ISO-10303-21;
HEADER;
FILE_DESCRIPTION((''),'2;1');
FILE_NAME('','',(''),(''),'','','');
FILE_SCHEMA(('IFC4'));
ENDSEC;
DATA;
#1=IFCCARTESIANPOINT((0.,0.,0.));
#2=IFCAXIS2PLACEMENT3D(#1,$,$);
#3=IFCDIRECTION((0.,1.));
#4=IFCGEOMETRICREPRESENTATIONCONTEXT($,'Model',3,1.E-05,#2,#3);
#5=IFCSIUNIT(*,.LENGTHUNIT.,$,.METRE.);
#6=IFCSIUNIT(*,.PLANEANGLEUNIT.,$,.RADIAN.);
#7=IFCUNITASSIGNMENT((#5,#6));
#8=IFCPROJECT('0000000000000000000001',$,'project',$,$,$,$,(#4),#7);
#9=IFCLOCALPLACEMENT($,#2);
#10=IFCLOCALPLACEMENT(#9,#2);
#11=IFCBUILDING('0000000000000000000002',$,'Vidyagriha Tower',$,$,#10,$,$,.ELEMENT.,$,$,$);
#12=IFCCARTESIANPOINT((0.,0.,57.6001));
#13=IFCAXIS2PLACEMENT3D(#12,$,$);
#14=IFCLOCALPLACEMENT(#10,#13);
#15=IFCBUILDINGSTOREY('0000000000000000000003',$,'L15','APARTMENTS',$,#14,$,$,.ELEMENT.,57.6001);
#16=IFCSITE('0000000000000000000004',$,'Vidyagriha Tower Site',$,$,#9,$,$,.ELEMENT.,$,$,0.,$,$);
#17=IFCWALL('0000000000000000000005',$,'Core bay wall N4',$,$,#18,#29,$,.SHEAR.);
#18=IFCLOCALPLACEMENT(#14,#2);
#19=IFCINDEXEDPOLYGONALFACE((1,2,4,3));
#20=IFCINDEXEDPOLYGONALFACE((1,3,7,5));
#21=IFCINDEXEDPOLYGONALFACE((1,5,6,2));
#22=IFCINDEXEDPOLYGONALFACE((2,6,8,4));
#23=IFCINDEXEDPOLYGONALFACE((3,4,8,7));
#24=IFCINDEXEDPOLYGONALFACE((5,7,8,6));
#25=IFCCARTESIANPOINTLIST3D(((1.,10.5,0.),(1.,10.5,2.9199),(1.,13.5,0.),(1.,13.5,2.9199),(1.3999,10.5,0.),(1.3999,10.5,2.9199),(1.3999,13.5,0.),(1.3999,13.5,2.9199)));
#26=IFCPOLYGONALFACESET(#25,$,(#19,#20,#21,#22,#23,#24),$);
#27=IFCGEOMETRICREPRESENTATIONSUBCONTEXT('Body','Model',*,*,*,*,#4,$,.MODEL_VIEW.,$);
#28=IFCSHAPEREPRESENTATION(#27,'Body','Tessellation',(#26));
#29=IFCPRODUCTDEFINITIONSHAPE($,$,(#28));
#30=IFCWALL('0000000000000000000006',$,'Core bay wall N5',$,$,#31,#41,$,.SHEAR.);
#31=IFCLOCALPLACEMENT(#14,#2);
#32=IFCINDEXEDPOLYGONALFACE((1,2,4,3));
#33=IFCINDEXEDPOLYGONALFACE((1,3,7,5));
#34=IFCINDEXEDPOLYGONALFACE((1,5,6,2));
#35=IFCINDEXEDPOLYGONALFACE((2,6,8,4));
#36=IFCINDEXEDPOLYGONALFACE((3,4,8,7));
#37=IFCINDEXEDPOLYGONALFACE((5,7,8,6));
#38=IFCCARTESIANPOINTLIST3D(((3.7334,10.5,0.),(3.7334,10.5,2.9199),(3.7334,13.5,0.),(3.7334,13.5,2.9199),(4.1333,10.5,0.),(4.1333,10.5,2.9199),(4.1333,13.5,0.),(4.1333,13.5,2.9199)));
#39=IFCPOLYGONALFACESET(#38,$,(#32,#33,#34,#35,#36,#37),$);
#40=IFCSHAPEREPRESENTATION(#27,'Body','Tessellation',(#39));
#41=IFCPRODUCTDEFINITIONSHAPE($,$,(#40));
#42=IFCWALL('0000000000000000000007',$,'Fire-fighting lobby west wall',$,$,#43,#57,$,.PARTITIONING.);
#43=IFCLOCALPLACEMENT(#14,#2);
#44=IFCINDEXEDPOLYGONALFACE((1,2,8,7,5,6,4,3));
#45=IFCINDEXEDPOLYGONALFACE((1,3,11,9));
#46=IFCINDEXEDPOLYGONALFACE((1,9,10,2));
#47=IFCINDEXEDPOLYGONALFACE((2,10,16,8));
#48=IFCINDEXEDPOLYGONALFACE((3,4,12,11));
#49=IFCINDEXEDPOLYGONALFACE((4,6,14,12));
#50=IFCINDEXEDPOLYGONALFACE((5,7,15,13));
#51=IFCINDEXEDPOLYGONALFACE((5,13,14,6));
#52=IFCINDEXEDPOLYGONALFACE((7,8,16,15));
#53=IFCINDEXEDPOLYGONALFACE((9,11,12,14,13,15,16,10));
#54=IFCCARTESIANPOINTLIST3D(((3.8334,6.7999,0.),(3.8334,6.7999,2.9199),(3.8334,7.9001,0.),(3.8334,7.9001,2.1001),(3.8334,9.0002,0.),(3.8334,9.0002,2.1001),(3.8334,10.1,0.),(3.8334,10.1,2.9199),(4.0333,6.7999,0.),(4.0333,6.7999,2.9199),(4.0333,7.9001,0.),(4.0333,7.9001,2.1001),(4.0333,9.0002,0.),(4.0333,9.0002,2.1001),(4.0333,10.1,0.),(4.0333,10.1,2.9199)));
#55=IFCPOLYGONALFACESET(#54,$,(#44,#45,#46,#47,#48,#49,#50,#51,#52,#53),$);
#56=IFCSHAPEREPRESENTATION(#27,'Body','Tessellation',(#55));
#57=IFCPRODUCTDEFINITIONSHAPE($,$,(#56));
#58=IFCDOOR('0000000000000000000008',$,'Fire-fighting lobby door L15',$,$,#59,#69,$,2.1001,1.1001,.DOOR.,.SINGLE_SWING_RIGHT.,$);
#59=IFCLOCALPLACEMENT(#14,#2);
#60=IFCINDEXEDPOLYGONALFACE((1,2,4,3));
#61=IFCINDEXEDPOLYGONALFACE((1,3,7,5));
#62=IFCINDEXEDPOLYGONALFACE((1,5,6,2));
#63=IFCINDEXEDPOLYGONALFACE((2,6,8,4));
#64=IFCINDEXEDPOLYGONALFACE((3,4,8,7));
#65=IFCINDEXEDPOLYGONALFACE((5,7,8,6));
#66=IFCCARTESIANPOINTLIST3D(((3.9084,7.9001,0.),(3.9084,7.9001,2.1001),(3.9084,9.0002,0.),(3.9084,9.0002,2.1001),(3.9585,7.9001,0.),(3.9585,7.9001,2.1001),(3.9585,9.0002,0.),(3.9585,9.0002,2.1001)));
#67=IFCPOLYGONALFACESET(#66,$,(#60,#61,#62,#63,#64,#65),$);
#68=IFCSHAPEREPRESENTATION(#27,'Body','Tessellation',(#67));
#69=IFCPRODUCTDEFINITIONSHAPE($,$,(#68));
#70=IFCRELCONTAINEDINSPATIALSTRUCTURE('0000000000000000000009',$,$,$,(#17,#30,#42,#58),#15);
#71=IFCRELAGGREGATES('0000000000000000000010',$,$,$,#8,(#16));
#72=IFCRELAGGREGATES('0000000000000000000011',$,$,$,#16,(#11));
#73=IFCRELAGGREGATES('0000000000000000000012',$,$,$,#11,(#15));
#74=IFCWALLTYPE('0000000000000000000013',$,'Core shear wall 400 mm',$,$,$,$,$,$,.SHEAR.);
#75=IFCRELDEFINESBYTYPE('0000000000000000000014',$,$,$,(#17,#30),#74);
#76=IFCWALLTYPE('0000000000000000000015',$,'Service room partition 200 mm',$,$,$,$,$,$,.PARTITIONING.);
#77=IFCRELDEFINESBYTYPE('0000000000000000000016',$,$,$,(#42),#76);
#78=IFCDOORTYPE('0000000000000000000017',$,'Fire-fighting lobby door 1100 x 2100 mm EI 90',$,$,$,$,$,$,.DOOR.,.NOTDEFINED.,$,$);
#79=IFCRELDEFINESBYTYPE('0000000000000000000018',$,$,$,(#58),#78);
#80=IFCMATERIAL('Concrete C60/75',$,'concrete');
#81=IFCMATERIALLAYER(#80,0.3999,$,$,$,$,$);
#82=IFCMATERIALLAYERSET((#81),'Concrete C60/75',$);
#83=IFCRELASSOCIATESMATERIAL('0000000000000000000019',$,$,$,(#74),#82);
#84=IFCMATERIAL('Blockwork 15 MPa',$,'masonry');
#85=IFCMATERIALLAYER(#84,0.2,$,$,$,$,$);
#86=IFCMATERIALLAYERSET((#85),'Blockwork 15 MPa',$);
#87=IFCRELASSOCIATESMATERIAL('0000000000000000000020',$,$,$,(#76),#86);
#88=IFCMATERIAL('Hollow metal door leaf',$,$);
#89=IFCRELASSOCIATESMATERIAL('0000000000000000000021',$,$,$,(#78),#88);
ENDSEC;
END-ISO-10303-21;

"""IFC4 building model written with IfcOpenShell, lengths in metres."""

from ifc_helpers import new_model, si_unit, direction, frame, frame_2d, origin, place, context, subcontext, project, spatial, rectangle, extrude, material, layer, layer_set, type_object, element, fill, save


model = new_model("IFC4")

# Units and contexts
model_context = context("Model", 3, precision=1e-05, world=origin(), true_north=direction((0.0, 1.0)))
body_context = subcontext(model_context, "Body", "Model", "MODEL_VIEW")
ifc_project = project(units=[si_unit("LENGTHUNIT", "METRE"), si_unit("PLANEANGLEUNIT", "RADIAN")], contexts=[model_context])

# Site, building, storey
site_placement = place(None, origin())
site = spatial("IfcSite", under=ifc_project, at=site_placement, Name="Vidyagriha Tower Site", CompositionType="ELEMENT", RefElevation=0.0)
building_placement = place(site_placement, origin())
building = spatial("IfcBuilding", under=site, at=building_placement, Name="Vidyagriha Tower", CompositionType="ELEMENT")
storey_placement = place(building_placement, frame((0.0, 0.0, 57.6001)))
storey = spatial("IfcBuildingStorey", under=building, at=storey_placement, Name="L15", Description="APARTMENTS", CompositionType="ELEMENT", Elevation=57.6001)

# Shared definitions
ifc_material_1 = material(Name="Concrete C60/75", Category="concrete")
ifc_layer_1 = layer(ifc_material_1, 0.3999)
ifc_layer_set_1 = layer_set([ifc_layer_1], Name="Concrete C60/75")
wall_type_1 = type_object("IfcWallType", Name="Core shear wall 400 mm", PredefinedType="SHEAR", material=ifc_layer_set_1)

# Walls
for number, where, z_axis, x_axis, name in (
    (1, (1.2, 10.5, 0.0), (0.0, 0.0, 1.0), (0.0, 1.0, 0.0), "Core bay wall N4"),
    (2, (3.9333, 10.5, 0.0), (0.0, 0.0, 1.0), (0.0, 1.0, 0.0), "Core bay wall N5"),
):
    element("IfcWall", number, at=place(storey_placement, frame(where, z_axis=z_axis, x_axis=x_axis)), inside=storey, type_object=wall_type_1, Name=name, PredefinedType="SHEAR", context=body_context, shape_type="SweptSolid", body=[
        extrude(rectangle(XDim=3.0, YDim=0.3999, at=frame_2d((1.5, 0.0))), origin(), (0.0, 0.0, 1.0), 2.9199),
    ])

# Wall, opening, door
ifc_material_2 = material(Name="Blockwork 15 MPa", Category="masonry")
ifc_layer_2 = layer(ifc_material_2, 0.2)
ifc_layer_set_2 = layer_set([ifc_layer_2], Name="Blockwork 15 MPa")
wall_type_2 = type_object("IfcWallType", Name="Service room partition 200 mm", PredefinedType="PARTITIONING", material=ifc_layer_set_2)
wall_1_placement = place(storey_placement, frame((3.9333, 6.8, 0.0), z_axis=(0.0, 0.0, 1.0), x_axis=(0.0, 1.0, 0.0)))
wall_1 = element("IfcWall", 3, at=wall_1_placement, inside=storey, type_object=wall_type_2, Name="Fire-fighting lobby west wall", PredefinedType="PARTITIONING", context=body_context, shape_type="SweptSolid", body=[
    extrude(rectangle(XDim=3.3, YDim=0.2, at=frame_2d((1.6499, 0.0))), origin(), (0.0, 0.0, 1.0), 2.9199),
])
opening_1_placement = place(wall_1_placement, frame((1.1001, 0.0, 0.0)))
opening_1 = element("IfcOpeningElement", 4, at=opening_1_placement, cuts=wall_1, PredefinedType="OPENING", context=body_context, shape_type="SweptSolid", body=[
    extrude(rectangle(XDim=1.1001, YDim=2.1001, at=frame_2d((0.55, 1.05))), frame((0.0, 0.1099, 0.0), z_axis=(0.0, -1.0, 0.0), x_axis=(1.0, 0.0, 0.0)), (0.0, 0.0, 1.0), 0.22),
])
ifc_material_3 = material(Name="Hollow metal door leaf")
door_type_1 = type_object("IfcDoorType", Name="Fire-fighting lobby door 1100 x 2100 mm EI 90", OperationType="NOTDEFINED", PredefinedType="DOOR", material=ifc_material_3)
door_1_placement = place(opening_1_placement, origin())
door_1 = element("IfcDoor", 5, at=door_1_placement, inside=storey, type_object=door_type_1, Name="Fire-fighting lobby door L15", OperationType="SINGLE_SWING_RIGHT", OverallHeight=2.1001, OverallWidth=1.1001, PredefinedType="DOOR", context=body_context, shape_type="SweptSolid", body=[
    extrude(rectangle(XDim=1.1001, YDim=2.1001, at=frame_2d((0.55, 1.05))), frame((0.0, 0.0249, 0.0), z_axis=(0.0, -1.0, 0.0), x_axis=(1.0, 0.0, 0.0)), (0.0, 0.0, 1.0), 0.05),
])
fill(opening_1, door_1)

save(model, "model.ifc")
